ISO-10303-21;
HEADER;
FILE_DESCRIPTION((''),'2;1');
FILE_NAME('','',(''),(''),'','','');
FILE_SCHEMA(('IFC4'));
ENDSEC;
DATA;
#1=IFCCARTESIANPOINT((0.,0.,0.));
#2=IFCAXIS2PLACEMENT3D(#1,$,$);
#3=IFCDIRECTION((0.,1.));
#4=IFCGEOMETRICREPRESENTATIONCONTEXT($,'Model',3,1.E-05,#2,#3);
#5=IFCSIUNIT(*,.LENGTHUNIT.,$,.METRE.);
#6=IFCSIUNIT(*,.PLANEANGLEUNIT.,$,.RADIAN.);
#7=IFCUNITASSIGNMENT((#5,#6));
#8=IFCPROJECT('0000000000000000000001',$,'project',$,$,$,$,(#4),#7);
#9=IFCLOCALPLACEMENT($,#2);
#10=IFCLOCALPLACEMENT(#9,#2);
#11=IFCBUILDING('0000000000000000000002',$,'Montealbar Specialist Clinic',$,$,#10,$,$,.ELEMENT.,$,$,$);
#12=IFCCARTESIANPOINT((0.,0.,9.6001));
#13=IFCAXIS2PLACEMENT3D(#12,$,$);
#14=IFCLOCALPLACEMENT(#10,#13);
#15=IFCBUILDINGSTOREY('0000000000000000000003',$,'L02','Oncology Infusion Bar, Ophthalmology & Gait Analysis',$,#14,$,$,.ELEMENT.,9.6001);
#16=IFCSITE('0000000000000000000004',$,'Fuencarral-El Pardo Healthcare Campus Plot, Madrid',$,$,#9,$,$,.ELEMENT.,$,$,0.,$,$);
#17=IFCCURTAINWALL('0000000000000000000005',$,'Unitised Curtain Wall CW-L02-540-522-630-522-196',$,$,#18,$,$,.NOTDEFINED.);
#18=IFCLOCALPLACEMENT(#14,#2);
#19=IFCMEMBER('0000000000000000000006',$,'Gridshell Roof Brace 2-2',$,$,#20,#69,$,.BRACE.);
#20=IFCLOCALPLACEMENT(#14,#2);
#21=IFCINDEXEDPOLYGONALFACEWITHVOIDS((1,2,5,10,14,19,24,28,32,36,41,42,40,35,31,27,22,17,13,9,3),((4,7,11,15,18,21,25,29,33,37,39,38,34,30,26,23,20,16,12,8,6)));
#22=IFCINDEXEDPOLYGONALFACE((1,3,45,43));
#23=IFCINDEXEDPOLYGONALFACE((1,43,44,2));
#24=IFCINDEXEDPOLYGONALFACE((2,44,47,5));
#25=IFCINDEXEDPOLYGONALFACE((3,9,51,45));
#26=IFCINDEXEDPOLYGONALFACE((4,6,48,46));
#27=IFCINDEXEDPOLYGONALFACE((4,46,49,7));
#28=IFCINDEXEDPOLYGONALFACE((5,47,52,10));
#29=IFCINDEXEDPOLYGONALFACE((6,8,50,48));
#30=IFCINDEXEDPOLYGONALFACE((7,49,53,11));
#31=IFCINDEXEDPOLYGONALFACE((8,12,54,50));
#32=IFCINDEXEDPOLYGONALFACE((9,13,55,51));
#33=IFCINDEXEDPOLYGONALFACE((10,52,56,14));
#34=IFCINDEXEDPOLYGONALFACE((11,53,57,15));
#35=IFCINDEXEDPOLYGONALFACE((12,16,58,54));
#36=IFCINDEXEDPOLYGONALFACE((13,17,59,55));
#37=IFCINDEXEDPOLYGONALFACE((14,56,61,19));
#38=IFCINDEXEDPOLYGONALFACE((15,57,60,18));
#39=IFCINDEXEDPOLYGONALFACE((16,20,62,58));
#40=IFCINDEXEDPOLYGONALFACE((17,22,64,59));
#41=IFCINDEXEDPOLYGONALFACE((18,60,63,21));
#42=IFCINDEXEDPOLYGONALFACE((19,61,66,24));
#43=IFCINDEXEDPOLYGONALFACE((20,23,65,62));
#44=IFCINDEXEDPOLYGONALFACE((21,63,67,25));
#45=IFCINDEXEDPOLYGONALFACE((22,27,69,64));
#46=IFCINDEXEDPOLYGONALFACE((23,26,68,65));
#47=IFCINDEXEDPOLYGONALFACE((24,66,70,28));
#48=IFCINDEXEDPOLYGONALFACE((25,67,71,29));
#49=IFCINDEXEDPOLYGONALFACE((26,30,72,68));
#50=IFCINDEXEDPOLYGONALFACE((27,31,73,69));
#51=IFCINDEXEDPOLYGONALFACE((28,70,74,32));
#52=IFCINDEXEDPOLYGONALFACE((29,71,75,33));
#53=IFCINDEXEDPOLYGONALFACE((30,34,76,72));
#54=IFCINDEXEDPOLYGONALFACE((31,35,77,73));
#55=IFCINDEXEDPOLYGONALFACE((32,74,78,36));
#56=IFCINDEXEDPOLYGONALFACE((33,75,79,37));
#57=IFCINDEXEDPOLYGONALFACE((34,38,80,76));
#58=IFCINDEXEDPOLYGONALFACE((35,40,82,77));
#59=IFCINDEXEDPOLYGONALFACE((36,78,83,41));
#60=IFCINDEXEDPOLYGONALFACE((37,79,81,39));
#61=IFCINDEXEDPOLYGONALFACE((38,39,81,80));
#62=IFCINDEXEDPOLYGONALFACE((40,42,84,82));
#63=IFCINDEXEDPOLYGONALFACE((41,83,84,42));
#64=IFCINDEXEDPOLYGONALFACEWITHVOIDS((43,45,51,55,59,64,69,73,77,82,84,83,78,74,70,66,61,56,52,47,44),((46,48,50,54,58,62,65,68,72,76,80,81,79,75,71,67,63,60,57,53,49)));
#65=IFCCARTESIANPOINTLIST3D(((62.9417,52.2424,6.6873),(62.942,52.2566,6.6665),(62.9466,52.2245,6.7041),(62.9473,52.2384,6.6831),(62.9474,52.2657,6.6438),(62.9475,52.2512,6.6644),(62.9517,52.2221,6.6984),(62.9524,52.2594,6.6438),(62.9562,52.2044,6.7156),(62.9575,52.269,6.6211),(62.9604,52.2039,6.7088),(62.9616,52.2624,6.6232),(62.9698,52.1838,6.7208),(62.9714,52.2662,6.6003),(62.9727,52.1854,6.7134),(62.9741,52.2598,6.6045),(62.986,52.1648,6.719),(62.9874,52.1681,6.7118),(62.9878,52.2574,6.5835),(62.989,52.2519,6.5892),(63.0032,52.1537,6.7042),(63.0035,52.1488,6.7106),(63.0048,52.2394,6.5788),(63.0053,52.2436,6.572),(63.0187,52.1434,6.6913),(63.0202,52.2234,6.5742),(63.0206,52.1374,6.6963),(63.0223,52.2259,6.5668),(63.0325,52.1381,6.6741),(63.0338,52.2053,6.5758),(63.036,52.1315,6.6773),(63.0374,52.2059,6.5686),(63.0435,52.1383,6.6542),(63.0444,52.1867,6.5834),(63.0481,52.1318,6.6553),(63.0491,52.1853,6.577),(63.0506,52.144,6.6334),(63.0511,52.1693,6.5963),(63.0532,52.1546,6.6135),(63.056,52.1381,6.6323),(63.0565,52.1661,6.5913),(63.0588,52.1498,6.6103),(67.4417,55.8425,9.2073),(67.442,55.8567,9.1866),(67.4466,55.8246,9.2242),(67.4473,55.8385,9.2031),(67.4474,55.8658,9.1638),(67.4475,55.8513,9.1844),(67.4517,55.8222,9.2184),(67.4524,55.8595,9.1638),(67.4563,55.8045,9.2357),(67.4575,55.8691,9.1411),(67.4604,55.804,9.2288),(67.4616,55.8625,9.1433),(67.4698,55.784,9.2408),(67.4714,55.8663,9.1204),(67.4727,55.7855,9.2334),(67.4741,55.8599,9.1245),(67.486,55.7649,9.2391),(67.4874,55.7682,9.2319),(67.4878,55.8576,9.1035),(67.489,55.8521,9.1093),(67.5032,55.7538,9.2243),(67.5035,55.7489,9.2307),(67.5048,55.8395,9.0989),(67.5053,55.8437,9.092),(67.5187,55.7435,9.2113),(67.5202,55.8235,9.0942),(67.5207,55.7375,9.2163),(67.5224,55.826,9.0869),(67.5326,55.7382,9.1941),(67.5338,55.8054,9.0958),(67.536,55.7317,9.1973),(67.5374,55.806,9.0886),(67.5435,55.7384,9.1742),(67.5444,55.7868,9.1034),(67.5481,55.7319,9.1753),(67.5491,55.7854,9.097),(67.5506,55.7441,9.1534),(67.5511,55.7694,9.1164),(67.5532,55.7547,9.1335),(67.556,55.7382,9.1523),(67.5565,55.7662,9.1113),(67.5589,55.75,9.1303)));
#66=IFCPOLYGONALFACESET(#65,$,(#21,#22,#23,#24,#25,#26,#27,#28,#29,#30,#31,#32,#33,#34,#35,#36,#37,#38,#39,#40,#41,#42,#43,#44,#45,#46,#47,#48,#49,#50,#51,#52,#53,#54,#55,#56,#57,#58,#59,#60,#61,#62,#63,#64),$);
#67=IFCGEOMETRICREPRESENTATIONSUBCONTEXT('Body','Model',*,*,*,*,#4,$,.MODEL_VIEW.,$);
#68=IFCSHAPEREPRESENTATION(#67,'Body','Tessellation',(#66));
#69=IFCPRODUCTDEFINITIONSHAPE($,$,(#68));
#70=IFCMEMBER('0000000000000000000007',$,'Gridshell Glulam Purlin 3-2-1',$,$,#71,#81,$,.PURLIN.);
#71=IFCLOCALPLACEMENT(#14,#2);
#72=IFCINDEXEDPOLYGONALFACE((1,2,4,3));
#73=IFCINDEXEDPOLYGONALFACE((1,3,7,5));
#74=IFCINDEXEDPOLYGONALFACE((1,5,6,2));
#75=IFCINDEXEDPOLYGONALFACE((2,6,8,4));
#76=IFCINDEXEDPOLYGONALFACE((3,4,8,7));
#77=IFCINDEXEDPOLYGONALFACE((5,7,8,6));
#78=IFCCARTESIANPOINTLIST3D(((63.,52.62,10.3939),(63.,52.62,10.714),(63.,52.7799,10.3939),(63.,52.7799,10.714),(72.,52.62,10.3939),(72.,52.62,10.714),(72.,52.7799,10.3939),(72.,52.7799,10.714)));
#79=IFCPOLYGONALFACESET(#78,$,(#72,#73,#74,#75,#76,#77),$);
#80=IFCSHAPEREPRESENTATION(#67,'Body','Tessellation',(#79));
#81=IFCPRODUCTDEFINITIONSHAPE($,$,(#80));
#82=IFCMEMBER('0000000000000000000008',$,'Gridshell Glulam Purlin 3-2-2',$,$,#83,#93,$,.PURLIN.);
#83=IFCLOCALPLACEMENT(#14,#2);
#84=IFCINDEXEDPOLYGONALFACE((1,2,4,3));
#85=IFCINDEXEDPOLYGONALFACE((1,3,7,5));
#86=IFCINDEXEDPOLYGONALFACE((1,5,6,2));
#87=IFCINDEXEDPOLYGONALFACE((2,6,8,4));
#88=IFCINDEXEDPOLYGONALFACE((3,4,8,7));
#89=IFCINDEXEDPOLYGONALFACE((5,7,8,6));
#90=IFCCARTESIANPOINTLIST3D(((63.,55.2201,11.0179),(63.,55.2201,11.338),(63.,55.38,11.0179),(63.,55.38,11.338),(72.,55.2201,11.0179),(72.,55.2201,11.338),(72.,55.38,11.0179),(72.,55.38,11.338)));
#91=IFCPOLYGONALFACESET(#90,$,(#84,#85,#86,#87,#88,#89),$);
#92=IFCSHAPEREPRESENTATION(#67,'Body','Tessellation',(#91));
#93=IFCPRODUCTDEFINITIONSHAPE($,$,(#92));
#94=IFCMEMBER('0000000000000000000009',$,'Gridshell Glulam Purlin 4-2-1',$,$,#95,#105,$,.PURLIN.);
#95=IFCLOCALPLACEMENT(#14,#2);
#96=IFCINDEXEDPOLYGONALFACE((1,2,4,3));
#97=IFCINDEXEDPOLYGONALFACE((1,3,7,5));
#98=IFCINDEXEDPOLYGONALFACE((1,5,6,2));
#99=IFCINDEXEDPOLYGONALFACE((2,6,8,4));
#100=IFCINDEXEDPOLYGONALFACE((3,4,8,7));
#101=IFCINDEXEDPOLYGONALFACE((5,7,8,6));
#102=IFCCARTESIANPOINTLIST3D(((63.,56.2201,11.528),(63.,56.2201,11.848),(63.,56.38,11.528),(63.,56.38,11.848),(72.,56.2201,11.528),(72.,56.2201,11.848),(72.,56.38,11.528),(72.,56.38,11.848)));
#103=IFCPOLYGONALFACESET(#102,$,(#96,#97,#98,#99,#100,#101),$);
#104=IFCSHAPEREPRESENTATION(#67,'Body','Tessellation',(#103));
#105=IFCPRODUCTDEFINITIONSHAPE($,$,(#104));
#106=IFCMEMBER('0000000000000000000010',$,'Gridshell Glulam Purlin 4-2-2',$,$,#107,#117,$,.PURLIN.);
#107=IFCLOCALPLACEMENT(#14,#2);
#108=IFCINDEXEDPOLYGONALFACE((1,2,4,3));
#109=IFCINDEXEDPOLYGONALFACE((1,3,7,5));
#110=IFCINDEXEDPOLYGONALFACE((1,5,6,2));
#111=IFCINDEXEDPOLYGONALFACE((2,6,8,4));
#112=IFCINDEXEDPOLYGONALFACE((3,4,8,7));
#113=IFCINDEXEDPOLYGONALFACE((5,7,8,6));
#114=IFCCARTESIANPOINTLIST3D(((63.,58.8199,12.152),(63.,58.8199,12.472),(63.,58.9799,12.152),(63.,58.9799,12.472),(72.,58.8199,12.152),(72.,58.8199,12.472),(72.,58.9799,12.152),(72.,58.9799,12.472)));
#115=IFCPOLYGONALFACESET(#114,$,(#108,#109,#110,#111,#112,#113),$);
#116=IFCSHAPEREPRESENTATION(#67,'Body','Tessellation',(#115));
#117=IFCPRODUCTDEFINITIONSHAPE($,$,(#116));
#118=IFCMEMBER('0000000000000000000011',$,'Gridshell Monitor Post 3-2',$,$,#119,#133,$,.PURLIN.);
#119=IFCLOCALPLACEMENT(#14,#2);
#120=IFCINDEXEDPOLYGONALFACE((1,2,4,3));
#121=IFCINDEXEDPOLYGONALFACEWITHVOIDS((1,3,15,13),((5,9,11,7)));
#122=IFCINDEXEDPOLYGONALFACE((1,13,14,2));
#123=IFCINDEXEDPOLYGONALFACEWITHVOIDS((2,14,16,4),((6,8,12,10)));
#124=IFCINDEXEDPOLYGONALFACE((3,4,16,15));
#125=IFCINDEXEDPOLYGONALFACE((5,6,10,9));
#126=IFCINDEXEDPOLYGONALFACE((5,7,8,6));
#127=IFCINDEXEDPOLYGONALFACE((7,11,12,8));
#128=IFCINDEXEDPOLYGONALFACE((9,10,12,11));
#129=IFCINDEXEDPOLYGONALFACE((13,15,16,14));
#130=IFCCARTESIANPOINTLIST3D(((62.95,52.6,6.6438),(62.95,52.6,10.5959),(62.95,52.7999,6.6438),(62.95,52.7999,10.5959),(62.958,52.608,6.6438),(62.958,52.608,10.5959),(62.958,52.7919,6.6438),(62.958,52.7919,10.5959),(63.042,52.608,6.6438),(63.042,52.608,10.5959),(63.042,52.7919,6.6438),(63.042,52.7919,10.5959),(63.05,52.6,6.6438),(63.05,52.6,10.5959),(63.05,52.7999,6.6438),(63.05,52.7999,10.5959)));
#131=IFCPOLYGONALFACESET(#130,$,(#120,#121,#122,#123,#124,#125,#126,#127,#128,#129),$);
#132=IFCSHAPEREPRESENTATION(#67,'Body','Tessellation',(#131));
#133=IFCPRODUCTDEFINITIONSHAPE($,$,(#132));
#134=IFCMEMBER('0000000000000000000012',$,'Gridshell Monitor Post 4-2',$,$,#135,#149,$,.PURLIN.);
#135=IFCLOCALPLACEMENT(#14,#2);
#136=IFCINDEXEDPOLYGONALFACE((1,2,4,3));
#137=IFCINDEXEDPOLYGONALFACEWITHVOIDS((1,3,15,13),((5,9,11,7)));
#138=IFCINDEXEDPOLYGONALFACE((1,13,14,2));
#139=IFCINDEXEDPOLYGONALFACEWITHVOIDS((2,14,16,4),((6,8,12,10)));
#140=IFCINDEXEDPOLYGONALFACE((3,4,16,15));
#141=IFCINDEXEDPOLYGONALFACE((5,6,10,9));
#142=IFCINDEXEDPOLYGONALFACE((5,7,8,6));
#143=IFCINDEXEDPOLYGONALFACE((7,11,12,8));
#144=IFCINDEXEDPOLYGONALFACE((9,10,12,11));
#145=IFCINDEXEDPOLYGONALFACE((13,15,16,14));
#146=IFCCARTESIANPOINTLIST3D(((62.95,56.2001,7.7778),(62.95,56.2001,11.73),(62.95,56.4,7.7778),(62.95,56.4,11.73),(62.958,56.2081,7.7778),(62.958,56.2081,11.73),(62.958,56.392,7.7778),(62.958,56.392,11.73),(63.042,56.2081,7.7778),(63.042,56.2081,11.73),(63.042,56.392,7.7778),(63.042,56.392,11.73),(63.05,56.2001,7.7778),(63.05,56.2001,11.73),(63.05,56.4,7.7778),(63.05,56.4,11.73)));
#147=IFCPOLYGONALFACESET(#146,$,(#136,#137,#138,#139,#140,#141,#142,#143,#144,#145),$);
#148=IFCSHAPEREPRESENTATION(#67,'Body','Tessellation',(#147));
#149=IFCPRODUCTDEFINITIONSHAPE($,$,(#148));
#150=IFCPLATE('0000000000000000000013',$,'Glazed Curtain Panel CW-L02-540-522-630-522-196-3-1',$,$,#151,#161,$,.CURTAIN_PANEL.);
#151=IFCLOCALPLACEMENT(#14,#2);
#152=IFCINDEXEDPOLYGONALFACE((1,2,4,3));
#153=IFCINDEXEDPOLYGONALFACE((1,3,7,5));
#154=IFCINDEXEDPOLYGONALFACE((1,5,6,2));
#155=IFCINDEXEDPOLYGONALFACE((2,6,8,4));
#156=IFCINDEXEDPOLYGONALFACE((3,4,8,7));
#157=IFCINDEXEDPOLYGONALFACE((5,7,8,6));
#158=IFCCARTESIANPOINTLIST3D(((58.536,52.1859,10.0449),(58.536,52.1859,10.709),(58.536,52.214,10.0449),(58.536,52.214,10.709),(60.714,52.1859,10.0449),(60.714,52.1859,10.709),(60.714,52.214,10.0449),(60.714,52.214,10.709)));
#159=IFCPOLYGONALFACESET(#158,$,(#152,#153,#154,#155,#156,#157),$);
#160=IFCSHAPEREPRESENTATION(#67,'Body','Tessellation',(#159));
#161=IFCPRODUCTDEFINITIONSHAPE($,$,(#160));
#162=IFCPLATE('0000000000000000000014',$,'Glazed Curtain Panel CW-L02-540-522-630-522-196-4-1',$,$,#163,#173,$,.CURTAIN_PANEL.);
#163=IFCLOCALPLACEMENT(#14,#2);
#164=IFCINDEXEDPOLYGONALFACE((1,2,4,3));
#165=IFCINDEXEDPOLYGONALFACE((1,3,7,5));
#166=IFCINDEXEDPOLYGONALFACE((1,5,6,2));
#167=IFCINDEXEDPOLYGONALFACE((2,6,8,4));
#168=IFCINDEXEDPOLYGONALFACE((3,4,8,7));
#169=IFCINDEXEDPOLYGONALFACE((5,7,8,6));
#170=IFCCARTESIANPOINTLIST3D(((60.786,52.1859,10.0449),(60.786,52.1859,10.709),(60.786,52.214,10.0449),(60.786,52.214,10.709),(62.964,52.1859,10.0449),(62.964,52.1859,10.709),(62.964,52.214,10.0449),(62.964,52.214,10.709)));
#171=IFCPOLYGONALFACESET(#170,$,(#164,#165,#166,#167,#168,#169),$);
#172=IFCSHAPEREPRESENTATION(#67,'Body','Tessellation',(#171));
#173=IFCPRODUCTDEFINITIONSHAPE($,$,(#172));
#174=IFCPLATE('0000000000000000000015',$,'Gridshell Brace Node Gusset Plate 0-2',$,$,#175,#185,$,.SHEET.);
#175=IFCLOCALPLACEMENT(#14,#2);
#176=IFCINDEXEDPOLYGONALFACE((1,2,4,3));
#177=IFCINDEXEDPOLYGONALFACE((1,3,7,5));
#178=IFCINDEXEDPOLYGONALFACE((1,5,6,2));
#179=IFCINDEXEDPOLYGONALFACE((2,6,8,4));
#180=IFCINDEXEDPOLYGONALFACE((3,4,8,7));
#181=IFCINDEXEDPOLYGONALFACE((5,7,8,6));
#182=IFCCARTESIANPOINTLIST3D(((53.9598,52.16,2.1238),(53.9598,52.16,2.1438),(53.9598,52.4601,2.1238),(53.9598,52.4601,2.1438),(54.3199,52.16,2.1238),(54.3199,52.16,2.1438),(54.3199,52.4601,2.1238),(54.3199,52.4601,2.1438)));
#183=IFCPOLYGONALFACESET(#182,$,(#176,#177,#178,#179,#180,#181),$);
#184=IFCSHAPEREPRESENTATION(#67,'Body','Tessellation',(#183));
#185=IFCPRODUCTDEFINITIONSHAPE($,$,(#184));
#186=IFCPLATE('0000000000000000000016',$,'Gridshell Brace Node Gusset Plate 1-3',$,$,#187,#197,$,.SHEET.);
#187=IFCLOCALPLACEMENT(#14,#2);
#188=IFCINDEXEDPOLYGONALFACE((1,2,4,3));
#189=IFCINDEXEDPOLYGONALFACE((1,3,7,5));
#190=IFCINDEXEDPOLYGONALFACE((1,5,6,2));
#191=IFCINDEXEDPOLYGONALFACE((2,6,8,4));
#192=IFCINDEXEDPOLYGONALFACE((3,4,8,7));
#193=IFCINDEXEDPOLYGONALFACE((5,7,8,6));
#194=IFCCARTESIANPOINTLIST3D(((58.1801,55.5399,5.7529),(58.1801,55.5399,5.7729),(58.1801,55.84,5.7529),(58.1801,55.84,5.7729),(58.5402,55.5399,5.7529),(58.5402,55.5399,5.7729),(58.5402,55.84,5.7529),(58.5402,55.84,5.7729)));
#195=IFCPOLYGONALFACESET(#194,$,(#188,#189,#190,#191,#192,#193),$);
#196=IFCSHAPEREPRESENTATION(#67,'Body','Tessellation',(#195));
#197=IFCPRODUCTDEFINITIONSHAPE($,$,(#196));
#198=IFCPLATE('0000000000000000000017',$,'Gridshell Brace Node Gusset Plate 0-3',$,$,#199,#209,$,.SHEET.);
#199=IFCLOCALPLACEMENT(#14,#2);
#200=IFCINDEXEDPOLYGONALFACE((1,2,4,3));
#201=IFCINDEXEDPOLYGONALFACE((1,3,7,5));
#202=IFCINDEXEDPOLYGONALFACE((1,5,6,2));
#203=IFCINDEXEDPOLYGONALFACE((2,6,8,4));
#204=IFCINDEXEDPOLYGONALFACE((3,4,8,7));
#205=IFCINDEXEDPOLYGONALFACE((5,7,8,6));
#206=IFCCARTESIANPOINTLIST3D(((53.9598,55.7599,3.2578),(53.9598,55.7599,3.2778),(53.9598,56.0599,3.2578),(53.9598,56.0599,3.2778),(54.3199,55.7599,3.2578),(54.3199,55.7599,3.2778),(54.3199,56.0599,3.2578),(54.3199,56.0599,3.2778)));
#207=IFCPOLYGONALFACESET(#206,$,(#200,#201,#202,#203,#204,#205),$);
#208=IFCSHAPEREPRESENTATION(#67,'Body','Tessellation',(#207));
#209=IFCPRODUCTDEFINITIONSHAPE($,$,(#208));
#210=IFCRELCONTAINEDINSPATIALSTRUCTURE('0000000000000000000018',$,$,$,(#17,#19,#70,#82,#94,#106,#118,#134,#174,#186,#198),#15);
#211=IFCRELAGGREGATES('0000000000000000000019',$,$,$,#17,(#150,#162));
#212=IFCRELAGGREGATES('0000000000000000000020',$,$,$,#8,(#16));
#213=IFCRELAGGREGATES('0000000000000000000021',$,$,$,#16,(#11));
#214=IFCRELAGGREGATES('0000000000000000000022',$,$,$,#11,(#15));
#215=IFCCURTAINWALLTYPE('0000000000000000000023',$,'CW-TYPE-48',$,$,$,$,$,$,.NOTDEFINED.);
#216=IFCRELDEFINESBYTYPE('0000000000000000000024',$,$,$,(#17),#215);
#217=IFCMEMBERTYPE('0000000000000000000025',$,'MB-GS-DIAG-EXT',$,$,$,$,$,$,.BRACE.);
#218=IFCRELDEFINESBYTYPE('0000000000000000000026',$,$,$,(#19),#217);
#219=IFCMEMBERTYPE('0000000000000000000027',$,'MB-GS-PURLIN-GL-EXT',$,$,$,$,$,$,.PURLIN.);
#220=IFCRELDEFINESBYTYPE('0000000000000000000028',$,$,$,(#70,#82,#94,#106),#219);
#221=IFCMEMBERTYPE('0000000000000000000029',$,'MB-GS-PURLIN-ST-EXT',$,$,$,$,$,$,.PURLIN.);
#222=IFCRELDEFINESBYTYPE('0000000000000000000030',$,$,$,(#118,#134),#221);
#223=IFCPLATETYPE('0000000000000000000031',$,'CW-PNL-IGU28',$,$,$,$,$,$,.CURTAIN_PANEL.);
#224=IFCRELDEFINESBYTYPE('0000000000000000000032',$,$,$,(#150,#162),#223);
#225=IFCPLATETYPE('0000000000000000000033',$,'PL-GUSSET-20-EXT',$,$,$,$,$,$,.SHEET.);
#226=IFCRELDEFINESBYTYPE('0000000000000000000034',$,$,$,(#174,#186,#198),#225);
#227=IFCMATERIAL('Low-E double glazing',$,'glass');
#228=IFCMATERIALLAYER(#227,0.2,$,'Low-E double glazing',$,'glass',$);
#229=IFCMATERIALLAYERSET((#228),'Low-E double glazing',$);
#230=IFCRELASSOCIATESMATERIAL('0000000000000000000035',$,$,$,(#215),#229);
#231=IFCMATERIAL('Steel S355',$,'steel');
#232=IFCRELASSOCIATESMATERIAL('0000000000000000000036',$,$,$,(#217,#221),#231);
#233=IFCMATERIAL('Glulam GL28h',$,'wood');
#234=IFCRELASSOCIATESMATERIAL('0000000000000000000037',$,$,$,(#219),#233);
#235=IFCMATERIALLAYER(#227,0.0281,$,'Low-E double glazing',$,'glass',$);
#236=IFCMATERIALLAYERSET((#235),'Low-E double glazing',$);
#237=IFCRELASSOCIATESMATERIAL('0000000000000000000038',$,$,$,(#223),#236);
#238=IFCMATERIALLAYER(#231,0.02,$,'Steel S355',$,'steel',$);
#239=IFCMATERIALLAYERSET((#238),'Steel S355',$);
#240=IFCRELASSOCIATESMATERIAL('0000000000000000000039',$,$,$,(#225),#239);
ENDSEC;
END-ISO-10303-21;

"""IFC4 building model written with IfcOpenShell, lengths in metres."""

from ifc_helpers import new_model, si_unit, direction, frame, origin, origin_2d, place, context, subcontext, project, spatial, rectangle, hollow_rectangle, hollow_circle, extrude, material, layer, layer_set, material_profile, profile_set, type_object, element, aggregate, save


model = new_model("IFC4")

# Units and contexts
model_context = context("Model", 3, precision=1e-05, world=origin(), true_north=direction((0.0, 1.0)))
body_context = subcontext(model_context, "Body", "Model", "MODEL_VIEW")
ifc_project = project(units=[si_unit("LENGTHUNIT", "METRE"), si_unit("PLANEANGLEUNIT", "RADIAN")], contexts=[model_context])

# Site, building, storey
site_placement = place(None, origin())
site = spatial("IfcSite", under=ifc_project, at=site_placement, Name="Fuencarral-El Pardo Healthcare Campus Plot, Madrid", CompositionType="ELEMENT", RefElevation=0.0)
building_placement = place(site_placement, origin())
building = spatial("IfcBuilding", under=site, at=building_placement, Name="Montealbar Specialist Clinic", CompositionType="ELEMENT")
storey_placement = place(building_placement, frame((0.0, 0.0, 9.6001)))
storey = spatial("IfcBuildingStorey", under=building, at=storey_placement, Name="L02", Description="Oncology Infusion Bar, Ophthalmology & Gait Analysis", CompositionType="ELEMENT", Elevation=9.6001)

# Shared definitions
ifc_material_1 = material(Name="Steel S355", Category="steel")
ifc_material_2 = material(Name="Glulam GL28h", Category="wood")

# Curtain wall
ifc_material_3 = material(Name="Low-E double glazing", Category="glass")
ifc_layer_1 = layer(ifc_material_3, 0.2, Name="Low-E double glazing", Category="glass")
ifc_layer_set_1 = layer_set([ifc_layer_1], Name="Low-E double glazing")
curtain_wall_type = type_object("IfcCurtainWallType", Name="CW-TYPE-48", PredefinedType="NOTDEFINED", material=ifc_layer_set_1)
curtain_wall_placement = place(storey_placement, origin())
curtain_wall = element("IfcCurtainWall", 1, at=curtain_wall_placement, inside=storey, type_object=curtain_wall_type, Name="Unitised Curtain Wall CW-L02-540-522-630-522-196", PredefinedType="NOTDEFINED")

# Members
ifc_material_profile_1 = material_profile(ifc_material_1, hollow_circle(Radius=0.0842, WallThickness=0.0081, at=origin_2d()), Name="CHS 168.3x8.0", Category="steel")
ifc_profile_set_1 = profile_set([ifc_material_profile_1], Name="Steel S355")
member_type_1 = type_object("IfcMemberType", Name="MB-GS-DIAG-EXT", PredefinedType="BRACE", material=ifc_profile_set_1)
member_1_placement = place(storey_placement, frame((63.0, 52.2, 6.6438), z_axis=(0.715448, 0.572374, 0.400654), x_axis=(-0.624705, 0.780861, 0.0)))
element("IfcMember", 2, at=member_1_placement, inside=storey, type_object=member_type_1, Name="Gridshell Roof Brace 2-2", PredefinedType="BRACE", context=body_context, shape_type="SweptSolid", body=[
    extrude(hollow_circle(Radius=0.0842, WallThickness=0.0081, at=origin_2d()), origin(), (0.0, 0.0, 1.0), 6.2898),
])
ifc_material_profile_2 = material_profile(ifc_material_2, rectangle(XDim=0.1599, YDim=0.3201, at=origin_2d()), Name="GL28h 160x320", Category="wood")
ifc_profile_set_2 = profile_set([ifc_material_profile_2], Name="Glulam GL28h")
member_type_2 = type_object("IfcMemberType", Name="MB-GS-PURLIN-GL-EXT", PredefinedType="PURLIN", material=ifc_profile_set_2)
for number, where, z_axis, x_axis, name in (
    (3, (63.0, 52.7, 10.554), (1.0, 0.0, 0.0), (0.0, 1.0, 0.0), "Gridshell Glulam Purlin 3-2-1"),
    (4, (63.0, 55.3, 11.178), (1.0, 0.0, 0.0), (0.0, 1.0, 0.0), "Gridshell Glulam Purlin 3-2-2"),
    (5, (63.0, 56.3, 11.688), (1.0, 0.0, 0.0), (0.0, 1.0, 0.0), "Gridshell Glulam Purlin 4-2-1"),
    (6, (63.0, 58.8999, 12.312), (1.0, 0.0, 0.0), (0.0, 1.0, 0.0), "Gridshell Glulam Purlin 4-2-2"),
):
    element("IfcMember", number, at=place(storey_placement, frame(where, z_axis=z_axis, x_axis=x_axis)), inside=storey, type_object=member_type_2, Name=name, PredefinedType="PURLIN", context=body_context, shape_type="SweptSolid", body=[
        extrude(rectangle(XDim=0.1599, YDim=0.3201, at=origin_2d()), origin(), (0.0, 0.0, 1.0), 9.0),
    ])
ifc_material_profile_3 = material_profile(ifc_material_1, hollow_rectangle(XDim=0.1001, YDim=0.2, WallThickness=0.0081, at=origin_2d()), Name="RHS 200x100x8", Category="steel")
ifc_profile_set_3 = profile_set([ifc_material_profile_3], Name="Steel S355")
member_type_3 = type_object("IfcMemberType", Name="MB-GS-PURLIN-ST-EXT", PredefinedType="PURLIN", material=ifc_profile_set_3)
for number, where, z_axis, x_axis, name in (
    (7, (63.0, 52.7, 6.6438), (0.0, 0.0, 1.0), (1.0, 0.0, 0.0), "Gridshell Monitor Post 3-2"),
    (8, (63.0, 56.3, 7.7778), (0.0, 0.0, 1.0), (1.0, 0.0, 0.0), "Gridshell Monitor Post 4-2"),
):
    element("IfcMember", number, at=place(storey_placement, frame(where, z_axis=z_axis, x_axis=x_axis)), inside=storey, type_object=member_type_3, Name=name, PredefinedType="PURLIN", context=body_context, shape_type="SweptSolid", body=[
        extrude(hollow_rectangle(XDim=0.1001, YDim=0.2, WallThickness=0.0081, at=origin_2d()), origin(), (0.0, 0.0, 1.0), 3.9521),
    ])

# Plates
ifc_layer_2 = layer(ifc_material_3, 0.0281, Name="Low-E double glazing", Category="glass")
ifc_layer_set_2 = layer_set([ifc_layer_2], Name="Low-E double glazing")
plate_type_1 = type_object("IfcPlateType", Name="CW-PNL-IGU28", PredefinedType="CURTAIN_PANEL", material=ifc_layer_set_2)
plate_1_placement = place(storey_placement, frame((59.625, 52.2, 10.0449), z_axis=(0.0, 0.0, 1.0), x_axis=(1.0, 0.0, 0.0)))
plate_1 = element("IfcPlate", 9, at=plate_1_placement, type_object=plate_type_1, Name="Glazed Curtain Panel CW-L02-540-522-630-522-196-3-1", PredefinedType="CURTAIN_PANEL", context=body_context, shape_type="SweptSolid", body=[
    extrude(rectangle(XDim=2.178, YDim=0.0281, at=origin_2d()), origin(), (0.0, 0.0, 1.0), 0.6641),
])
plate_2_placement = place(storey_placement, frame((61.875, 52.2, 10.0449), z_axis=(0.0, 0.0, 1.0), x_axis=(1.0, 0.0, 0.0)))
plate_2 = element("IfcPlate", 10, at=plate_2_placement, type_object=plate_type_1, Name="Glazed Curtain Panel CW-L02-540-522-630-522-196-4-1", PredefinedType="CURTAIN_PANEL", context=body_context, shape_type="SweptSolid", body=[
    extrude(rectangle(XDim=2.178, YDim=0.0281, at=origin_2d()), origin(), (0.0, 0.0, 1.0), 0.6641),
])
aggregate(curtain_wall, [plate_1, plate_2])

# Plates
ifc_layer_3 = layer(ifc_material_1, 0.02, Name="Steel S355", Category="steel")
ifc_layer_set_3 = layer_set([ifc_layer_3], Name="Steel S355")
plate_type_2 = type_object("IfcPlateType", Name="PL-GUSSET-20-EXT", PredefinedType="SHEET", material=ifc_layer_set_3)
for number, where, z_axis, x_axis, name in (
    (11, (54.1399, 52.3101, 2.1238), (0.0, 0.0, 1.0), (1.0, 0.0, 0.0), "Gridshell Brace Node Gusset Plate 0-2"),
    (12, (58.3601, 55.6899, 5.7529), (0.0, 0.0, 1.0), (1.0, 0.0, 0.0), "Gridshell Brace Node Gusset Plate 1-3"),
    (13, (54.1399, 55.9099, 3.2578), (0.0, 0.0, 1.0), (1.0, 0.0, 0.0), "Gridshell Brace Node Gusset Plate 0-3"),
):
    element("IfcPlate", number, at=place(storey_placement, frame(where, z_axis=z_axis, x_axis=x_axis)), inside=storey, type_object=plate_type_2, Name=name, PredefinedType="SHEET", context=body_context, shape_type="SweptSolid", body=[
        extrude(rectangle(XDim=0.3601, YDim=0.3, at=origin_2d()), origin(), (0.0, 0.0, 1.0), 0.02),
    ])

save(model, "model.ifc")
